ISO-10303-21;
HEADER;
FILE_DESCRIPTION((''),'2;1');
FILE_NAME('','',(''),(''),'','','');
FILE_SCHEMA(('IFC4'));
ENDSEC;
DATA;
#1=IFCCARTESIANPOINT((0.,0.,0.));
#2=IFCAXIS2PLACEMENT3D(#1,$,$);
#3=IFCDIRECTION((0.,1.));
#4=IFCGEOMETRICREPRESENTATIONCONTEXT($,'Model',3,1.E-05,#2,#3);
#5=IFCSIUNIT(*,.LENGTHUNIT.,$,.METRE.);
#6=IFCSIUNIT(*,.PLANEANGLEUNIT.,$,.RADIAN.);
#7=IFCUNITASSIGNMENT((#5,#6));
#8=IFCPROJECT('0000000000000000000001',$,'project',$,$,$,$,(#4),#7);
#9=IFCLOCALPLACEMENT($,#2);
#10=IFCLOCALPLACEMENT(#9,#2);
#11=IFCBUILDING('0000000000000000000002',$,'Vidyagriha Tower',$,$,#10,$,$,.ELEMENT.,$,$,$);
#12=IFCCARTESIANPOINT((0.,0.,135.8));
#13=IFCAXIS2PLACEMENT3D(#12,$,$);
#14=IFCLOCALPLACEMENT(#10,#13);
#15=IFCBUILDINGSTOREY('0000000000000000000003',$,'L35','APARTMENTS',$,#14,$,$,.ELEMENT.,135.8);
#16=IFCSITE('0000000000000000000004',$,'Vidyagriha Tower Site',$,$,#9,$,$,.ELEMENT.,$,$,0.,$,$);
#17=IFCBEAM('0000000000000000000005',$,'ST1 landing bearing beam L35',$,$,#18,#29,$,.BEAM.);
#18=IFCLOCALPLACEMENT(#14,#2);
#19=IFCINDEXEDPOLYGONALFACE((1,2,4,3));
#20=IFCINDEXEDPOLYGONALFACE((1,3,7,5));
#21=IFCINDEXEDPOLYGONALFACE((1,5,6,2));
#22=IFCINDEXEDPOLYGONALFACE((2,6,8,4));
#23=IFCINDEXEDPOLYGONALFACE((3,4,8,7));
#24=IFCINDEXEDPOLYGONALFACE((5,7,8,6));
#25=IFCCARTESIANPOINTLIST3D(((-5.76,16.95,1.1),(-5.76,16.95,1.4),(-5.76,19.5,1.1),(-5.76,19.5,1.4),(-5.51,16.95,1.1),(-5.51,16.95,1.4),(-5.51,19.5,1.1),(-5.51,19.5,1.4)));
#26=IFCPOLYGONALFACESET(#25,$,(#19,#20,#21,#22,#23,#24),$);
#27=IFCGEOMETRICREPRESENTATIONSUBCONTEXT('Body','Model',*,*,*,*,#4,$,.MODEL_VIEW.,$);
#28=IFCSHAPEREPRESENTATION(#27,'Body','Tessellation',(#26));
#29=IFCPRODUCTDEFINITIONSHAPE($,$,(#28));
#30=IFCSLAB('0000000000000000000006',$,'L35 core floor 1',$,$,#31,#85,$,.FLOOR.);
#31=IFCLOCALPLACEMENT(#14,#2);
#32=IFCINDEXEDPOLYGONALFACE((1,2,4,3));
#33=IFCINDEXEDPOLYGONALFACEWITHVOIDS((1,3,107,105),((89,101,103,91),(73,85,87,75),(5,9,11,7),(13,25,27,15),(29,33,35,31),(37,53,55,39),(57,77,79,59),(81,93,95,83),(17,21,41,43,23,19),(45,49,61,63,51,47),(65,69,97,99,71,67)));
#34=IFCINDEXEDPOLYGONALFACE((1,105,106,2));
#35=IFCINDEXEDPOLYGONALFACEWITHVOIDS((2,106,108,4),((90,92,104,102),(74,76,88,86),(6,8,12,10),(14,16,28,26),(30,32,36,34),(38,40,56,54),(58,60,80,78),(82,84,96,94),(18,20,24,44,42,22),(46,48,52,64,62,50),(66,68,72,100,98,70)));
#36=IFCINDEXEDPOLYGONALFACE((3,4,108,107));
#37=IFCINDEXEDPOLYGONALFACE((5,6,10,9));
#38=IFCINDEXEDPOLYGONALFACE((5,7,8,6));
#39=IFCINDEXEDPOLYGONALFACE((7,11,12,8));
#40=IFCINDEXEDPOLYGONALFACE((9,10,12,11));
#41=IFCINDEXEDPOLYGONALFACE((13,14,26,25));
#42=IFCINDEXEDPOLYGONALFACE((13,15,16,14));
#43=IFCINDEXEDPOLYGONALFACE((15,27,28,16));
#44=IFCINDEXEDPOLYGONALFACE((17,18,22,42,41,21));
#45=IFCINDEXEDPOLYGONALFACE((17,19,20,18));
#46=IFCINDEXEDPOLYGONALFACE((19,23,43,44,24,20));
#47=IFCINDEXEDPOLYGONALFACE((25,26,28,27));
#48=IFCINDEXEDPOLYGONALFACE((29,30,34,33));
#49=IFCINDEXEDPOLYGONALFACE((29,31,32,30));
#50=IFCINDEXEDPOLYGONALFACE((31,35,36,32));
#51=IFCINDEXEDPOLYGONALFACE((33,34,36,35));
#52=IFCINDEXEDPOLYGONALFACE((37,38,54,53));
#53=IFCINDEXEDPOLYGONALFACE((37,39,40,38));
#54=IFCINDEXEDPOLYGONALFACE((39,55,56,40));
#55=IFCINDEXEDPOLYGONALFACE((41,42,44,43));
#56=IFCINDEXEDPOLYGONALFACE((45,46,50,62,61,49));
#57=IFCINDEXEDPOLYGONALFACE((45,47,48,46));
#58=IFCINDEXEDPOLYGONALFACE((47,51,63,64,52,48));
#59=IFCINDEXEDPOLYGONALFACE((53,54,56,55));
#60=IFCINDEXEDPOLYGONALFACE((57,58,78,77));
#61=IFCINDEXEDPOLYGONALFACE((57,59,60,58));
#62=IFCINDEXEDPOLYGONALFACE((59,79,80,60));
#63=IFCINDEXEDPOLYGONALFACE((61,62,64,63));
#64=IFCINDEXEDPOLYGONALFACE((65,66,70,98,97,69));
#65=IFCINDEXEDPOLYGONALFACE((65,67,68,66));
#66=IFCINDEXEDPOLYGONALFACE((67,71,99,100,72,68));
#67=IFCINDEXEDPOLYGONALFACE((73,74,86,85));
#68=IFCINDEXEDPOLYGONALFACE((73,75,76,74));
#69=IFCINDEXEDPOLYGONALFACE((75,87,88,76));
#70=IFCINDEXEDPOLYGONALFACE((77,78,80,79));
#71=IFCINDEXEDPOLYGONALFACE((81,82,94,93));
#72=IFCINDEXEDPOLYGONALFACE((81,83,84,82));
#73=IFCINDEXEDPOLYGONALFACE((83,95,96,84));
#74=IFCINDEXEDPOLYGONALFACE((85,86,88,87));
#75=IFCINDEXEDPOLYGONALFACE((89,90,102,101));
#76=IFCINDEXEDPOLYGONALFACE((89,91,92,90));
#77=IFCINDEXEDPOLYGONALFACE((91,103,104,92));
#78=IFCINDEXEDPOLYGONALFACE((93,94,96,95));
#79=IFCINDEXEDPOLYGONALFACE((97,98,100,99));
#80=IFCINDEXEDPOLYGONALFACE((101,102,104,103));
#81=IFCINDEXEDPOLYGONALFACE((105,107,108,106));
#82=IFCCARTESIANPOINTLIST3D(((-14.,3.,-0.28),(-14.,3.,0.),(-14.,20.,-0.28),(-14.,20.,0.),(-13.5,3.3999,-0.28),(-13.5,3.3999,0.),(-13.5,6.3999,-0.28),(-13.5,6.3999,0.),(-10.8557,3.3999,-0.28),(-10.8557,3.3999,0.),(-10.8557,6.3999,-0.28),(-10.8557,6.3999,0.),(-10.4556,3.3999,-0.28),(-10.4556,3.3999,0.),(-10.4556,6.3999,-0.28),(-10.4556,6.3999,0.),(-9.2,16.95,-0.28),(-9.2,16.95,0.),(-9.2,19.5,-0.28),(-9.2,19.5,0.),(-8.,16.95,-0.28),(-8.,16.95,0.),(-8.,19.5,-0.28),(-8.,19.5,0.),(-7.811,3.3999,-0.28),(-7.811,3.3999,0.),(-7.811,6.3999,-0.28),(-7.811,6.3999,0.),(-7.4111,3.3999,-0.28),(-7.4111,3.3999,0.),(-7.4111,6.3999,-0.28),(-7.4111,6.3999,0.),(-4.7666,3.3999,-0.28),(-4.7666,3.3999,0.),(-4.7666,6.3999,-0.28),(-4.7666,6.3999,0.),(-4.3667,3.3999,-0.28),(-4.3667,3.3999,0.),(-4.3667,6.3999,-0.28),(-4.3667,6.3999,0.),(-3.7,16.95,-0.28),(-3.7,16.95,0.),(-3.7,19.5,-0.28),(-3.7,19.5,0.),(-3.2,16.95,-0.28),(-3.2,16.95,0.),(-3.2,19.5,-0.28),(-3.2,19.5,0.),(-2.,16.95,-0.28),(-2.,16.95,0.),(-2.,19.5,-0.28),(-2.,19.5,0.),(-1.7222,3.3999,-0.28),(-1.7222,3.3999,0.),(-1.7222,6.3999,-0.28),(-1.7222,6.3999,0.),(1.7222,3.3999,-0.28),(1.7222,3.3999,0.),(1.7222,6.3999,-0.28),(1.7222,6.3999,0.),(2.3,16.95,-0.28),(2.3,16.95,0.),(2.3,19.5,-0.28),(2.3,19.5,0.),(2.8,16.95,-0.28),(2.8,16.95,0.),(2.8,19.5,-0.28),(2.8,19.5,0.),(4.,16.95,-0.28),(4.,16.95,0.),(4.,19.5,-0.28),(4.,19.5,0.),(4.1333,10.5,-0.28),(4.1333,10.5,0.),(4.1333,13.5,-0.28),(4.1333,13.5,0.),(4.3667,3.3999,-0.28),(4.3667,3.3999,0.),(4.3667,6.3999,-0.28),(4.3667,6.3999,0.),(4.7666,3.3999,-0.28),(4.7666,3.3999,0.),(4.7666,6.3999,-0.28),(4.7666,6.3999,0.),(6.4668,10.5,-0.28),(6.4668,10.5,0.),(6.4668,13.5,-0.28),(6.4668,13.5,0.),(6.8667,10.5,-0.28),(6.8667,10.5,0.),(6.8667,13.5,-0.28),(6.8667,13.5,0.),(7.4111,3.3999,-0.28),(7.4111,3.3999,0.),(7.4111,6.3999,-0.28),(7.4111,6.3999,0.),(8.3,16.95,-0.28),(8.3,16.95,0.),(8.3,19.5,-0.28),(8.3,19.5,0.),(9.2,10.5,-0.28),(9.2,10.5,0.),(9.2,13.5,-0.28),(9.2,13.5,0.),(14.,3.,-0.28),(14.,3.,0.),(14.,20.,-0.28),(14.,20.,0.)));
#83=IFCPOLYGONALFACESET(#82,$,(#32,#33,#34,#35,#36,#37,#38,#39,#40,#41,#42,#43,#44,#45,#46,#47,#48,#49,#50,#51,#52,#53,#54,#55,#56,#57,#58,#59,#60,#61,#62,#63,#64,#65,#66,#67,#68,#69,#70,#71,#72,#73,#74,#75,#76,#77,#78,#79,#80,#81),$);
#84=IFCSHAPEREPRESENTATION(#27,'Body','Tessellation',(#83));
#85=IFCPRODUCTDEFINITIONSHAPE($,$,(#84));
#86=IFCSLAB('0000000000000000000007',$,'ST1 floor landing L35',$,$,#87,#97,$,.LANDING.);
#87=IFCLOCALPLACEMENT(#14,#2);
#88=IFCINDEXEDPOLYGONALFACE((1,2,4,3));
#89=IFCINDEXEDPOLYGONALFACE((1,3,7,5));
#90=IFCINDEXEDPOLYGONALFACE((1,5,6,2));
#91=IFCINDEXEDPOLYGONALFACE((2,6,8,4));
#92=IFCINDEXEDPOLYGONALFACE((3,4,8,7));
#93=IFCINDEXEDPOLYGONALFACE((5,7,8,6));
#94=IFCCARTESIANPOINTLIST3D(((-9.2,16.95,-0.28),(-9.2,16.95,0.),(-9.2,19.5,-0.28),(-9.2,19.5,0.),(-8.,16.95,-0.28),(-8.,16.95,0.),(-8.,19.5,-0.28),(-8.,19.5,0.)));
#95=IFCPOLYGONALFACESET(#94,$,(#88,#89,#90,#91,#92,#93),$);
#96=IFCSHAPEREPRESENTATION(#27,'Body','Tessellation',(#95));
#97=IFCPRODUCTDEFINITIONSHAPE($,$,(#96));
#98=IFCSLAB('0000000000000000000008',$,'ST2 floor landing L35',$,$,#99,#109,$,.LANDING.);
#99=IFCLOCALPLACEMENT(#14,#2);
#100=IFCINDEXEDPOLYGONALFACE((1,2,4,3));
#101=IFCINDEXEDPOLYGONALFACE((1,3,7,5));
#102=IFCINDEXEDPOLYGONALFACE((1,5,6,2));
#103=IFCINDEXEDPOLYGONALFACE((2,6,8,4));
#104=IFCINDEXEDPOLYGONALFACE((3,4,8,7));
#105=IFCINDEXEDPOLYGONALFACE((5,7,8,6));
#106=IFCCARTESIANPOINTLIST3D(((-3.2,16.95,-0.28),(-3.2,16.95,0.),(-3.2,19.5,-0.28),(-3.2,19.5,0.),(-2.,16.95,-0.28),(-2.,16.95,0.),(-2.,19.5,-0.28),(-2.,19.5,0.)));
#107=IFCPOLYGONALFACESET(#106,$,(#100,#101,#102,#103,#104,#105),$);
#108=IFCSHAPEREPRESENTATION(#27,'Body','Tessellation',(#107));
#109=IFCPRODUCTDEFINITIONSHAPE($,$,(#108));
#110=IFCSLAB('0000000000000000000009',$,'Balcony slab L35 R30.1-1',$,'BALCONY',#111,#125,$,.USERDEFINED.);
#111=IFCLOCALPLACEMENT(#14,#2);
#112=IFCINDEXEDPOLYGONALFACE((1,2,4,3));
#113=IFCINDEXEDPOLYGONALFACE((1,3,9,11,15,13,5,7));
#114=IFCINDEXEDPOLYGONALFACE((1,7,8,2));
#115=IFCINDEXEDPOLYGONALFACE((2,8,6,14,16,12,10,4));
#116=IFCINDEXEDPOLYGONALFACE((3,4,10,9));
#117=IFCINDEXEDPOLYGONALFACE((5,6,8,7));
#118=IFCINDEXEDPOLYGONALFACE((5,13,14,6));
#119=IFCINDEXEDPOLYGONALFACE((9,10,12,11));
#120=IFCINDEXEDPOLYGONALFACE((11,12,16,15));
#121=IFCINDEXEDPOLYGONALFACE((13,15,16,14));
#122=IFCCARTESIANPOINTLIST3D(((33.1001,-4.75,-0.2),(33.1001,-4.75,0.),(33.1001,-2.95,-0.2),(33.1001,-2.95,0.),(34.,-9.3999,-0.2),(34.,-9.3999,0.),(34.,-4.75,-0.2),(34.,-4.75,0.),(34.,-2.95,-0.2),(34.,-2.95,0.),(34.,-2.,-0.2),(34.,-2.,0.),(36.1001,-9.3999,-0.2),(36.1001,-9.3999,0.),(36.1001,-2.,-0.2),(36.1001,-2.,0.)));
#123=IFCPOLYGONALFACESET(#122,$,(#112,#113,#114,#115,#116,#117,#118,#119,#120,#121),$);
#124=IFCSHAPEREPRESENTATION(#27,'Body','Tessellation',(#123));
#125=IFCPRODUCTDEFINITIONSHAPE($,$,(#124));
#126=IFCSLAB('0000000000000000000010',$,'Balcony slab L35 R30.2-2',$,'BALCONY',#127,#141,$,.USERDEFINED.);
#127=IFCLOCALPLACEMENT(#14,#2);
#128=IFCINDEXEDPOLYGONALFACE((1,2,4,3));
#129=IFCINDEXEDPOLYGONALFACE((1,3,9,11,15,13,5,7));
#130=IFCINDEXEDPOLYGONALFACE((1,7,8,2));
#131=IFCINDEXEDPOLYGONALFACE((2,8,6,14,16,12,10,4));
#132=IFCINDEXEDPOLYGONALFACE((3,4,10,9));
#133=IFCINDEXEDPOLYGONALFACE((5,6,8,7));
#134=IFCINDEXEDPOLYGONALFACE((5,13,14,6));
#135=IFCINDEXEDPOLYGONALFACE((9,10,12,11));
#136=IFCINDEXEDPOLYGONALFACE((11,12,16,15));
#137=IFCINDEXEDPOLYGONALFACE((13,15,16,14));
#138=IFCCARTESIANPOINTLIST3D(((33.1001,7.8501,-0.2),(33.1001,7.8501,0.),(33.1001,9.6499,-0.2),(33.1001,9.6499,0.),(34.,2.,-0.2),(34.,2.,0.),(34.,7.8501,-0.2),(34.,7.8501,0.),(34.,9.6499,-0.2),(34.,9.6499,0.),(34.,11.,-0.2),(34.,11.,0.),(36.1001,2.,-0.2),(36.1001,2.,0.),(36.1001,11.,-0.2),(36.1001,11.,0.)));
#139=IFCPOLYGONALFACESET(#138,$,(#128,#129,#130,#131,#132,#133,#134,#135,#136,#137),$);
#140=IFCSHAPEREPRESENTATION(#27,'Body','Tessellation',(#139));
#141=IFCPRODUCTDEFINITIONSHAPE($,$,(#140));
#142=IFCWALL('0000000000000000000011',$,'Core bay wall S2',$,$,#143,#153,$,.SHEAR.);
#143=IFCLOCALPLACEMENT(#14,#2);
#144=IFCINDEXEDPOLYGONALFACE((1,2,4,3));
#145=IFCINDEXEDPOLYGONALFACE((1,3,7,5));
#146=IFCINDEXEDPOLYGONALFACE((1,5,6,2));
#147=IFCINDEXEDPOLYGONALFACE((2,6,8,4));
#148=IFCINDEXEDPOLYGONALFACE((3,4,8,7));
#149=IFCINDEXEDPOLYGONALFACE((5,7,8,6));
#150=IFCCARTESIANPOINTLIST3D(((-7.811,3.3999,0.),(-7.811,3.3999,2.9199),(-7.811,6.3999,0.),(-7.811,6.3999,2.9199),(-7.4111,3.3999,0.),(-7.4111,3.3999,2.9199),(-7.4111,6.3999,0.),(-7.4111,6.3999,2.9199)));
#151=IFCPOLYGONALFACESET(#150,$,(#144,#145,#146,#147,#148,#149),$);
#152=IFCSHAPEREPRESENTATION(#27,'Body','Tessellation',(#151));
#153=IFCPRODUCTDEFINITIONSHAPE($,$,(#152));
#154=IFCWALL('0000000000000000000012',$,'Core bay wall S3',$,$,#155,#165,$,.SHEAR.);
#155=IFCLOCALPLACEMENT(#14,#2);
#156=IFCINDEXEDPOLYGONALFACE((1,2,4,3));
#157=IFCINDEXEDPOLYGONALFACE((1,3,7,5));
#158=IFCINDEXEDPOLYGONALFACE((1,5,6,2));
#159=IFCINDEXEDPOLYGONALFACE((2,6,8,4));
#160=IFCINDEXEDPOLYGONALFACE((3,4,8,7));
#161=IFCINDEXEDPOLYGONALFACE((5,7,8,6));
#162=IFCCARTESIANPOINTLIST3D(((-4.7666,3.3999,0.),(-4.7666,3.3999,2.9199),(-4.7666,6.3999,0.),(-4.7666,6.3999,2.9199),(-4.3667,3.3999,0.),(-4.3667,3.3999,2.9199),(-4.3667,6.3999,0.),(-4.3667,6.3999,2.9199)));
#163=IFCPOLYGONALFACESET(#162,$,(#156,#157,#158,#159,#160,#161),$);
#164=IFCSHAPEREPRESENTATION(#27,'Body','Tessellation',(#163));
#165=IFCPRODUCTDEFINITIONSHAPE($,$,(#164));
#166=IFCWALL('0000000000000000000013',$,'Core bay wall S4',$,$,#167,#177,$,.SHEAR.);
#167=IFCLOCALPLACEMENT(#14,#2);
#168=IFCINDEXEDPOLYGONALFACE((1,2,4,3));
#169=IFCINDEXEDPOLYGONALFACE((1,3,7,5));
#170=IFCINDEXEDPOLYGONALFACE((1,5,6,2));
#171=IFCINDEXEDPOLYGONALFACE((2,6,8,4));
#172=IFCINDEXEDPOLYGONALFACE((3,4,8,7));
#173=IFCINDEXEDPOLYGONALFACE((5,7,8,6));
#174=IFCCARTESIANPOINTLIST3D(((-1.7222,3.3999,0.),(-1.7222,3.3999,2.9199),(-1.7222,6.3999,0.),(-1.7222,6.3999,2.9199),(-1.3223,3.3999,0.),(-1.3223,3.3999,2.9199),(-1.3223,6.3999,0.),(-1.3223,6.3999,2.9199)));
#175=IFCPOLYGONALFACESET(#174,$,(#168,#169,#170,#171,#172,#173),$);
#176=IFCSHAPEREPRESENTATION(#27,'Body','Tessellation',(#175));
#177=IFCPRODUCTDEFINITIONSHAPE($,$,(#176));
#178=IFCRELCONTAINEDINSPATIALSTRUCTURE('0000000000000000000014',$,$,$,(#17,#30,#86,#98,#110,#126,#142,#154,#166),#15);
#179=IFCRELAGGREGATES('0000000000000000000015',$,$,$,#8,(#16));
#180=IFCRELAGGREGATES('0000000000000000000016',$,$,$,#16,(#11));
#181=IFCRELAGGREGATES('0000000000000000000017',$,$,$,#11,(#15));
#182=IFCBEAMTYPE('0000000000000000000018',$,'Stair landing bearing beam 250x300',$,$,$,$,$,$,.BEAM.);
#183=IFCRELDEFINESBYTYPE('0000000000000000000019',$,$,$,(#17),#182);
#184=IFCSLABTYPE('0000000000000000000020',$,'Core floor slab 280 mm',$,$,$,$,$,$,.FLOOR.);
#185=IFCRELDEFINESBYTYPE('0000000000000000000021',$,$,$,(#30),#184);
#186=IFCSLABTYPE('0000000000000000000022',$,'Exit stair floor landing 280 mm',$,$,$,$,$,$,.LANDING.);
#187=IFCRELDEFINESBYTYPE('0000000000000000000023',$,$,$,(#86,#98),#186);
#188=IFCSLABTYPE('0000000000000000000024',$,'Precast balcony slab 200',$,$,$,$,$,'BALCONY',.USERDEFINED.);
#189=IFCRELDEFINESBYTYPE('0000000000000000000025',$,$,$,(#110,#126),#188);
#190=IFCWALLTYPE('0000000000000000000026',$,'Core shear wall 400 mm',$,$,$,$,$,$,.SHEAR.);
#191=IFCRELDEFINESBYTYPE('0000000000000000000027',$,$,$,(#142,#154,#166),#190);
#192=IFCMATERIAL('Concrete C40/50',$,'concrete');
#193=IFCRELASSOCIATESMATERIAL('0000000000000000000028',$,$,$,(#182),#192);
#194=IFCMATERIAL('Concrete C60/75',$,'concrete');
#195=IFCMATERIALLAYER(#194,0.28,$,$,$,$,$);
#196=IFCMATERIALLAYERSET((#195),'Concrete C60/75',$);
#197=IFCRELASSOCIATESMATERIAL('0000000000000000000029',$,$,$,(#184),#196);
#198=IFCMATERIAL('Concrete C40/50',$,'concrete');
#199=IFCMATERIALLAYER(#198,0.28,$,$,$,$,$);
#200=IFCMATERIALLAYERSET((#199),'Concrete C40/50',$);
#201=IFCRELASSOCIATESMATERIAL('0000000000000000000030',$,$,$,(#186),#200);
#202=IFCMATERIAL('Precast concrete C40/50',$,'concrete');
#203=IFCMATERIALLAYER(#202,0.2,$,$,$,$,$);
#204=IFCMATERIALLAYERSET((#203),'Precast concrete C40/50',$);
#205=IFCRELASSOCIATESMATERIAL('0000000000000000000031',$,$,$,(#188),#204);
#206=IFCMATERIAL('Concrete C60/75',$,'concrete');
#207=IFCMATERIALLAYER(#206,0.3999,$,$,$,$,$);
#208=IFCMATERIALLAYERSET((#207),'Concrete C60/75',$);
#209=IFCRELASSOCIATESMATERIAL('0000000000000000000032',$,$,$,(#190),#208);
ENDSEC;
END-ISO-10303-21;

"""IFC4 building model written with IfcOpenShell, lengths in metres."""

from ifc_helpers import new_model, si_unit, direction, frame, frame_2d, origin, origin_2d, place, context, subcontext, project, spatial, polyline, rectangle, outline, extrude, material, layer, layer_set, material_profile, profile_set, type_object, element, save


model = new_model("IFC4")

# Units and contexts
model_context = context("Model", 3, precision=1e-05, world=origin(), true_north=direction((0.0, 1.0)))
body_context = subcontext(model_context, "Body", "Model", "MODEL_VIEW")
ifc_project = project(units=[si_unit("LENGTHUNIT", "METRE"), si_unit("PLANEANGLEUNIT", "RADIAN")], contexts=[model_context])

# Site, building, storey
site_placement = place(None, origin())
site = spatial("IfcSite", under=ifc_project, at=site_placement, Name="Vidyagriha Tower Site", CompositionType="ELEMENT", RefElevation=0.0)
building_placement = place(site_placement, origin())
building = spatial("IfcBuilding", under=site, at=building_placement, Name="Vidyagriha Tower", CompositionType="ELEMENT")
storey_placement = place(building_placement, frame((0.0, 0.0, 135.8)))
storey = spatial("IfcBuildingStorey", under=building, at=storey_placement, Name="L35", Description="APARTMENTS", CompositionType="ELEMENT", Elevation=135.8)

# Beam
ifc_material_1 = material(Name="Concrete C40/50", Category="concrete")
ifc_material_profile = material_profile(ifc_material_1, rectangle(XDim=0.25, YDim=0.3, at=origin_2d()), Name="Stair landing bearing beam 250x300")
ifc_profile_set = profile_set([ifc_material_profile], Name="Concrete C40/50")
beam_type = type_object("IfcBeamType", Name="Stair landing bearing beam 250x300", PredefinedType="BEAM", material=ifc_profile_set)
beam_placement = place(storey_placement, frame((-5.635, 16.95, 1.25), z_axis=(0.0, 1.0, 0.0), x_axis=(-1.0, 0.0, 0.0)))
element("IfcBeam", 1, at=beam_placement, inside=storey, type_object=beam_type, Name="ST1 landing bearing beam L35", PredefinedType="BEAM", context=body_context, shape_type="SweptSolid", body=[
    extrude(rectangle(XDim=0.25, YDim=0.3, at=origin_2d()), origin(), (0.0, 0.0, 1.0), 2.55),
])

# Slabs
ifc_material_2 = material(Name="Concrete C60/75", Category="concrete")
ifc_layer_1 = layer(ifc_material_2, 0.28)
ifc_layer_set_1 = layer_set([ifc_layer_1], Name="Concrete C60/75")
slab_type_1 = type_object("IfcSlabType", Name="Core floor slab 280 mm", PredefinedType="FLOOR", material=ifc_layer_set_1)
slab_1_placement = place(storey_placement, frame((0.0, 0.0, -0.28)))
element("IfcSlab", 2, at=slab_1_placement, inside=storey, type_object=slab_type_1, Name="L35 core floor 1", PredefinedType="FLOOR", context=body_context, shape_type="SweptSolid", body=[
    extrude(outline(polyline([(-14.0, 3.0), (-14.0, 20.0), (14.0, 20.0), (14.0, 3.0), (-14.0, 3.0)]), holes=[polyline([(9.2, 13.5), (6.8667, 13.5), (6.8667, 10.5), (9.2, 10.5), (9.2, 13.5)]), polyline([(4.0, 19.5), (2.8, 19.5), (2.8, 16.95), (4.0, 16.95), (8.3, 16.95), (8.3, 19.5), (4.0, 19.5)]), polyline([(7.4111, 6.3999), (4.7666, 6.3999), (4.7666, 3.3999), (7.4111, 3.3999), (7.4111, 6.3999)]), polyline([(6.4668, 13.5), (4.1333, 13.5), (4.1333, 10.5), (6.4668, 10.5), (6.4668, 13.5)]), polyline([(1.7222, 6.3999), (1.7222, 3.3999), (4.3667, 3.3999), (4.3667, 6.3999), (1.7222, 6.3999)]), polyline([(-2.0, 16.95), (2.3, 16.95), (2.3, 19.5), (-2.0, 19.5), (-3.2, 19.5), (-3.2, 16.95), (-2.0, 16.95)]), polyline([(-1.7222, 6.3999), (-4.3667, 6.3999), (-4.3667, 3.3999), (-1.7222, 3.3999), (-1.7222, 6.3999)]), polyline([(-8.0, 19.5), (-9.2, 19.5), (-9.2, 16.95), (-8.0, 16.95), (-3.7, 16.95), (-3.7, 19.5), (-8.0, 19.5)]), polyline([(-4.7666, 6.3999), (-7.4111, 6.3999), (-7.4111, 3.3999), (-4.7666, 3.3999), (-4.7666, 6.3999)]), polyline([(-7.811, 6.3999), (-10.4556, 6.3999), (-10.4556, 3.3999), (-7.811, 3.3999), (-7.811, 6.3999)]), polyline([(-13.5, 6.3999), (-13.5, 3.3999), (-10.8557, 3.3999), (-10.8557, 6.3999), (-13.5, 6.3999)])]), origin(), (0.0, 0.0, 1.0), 0.28),
])
ifc_material_3 = material(Name="Concrete C40/50", Category="concrete")
ifc_layer_2 = layer(ifc_material_3, 0.28)
ifc_layer_set_2 = layer_set([ifc_layer_2], Name="Concrete C40/50")
slab_type_2 = type_object("IfcSlabType", Name="Exit stair floor landing 280 mm", PredefinedType="LANDING", material=ifc_layer_set_2)
slab_2_placement = place(storey_placement, frame((0.0, 0.0, -0.28)))
element("IfcSlab", 3, at=slab_2_placement, inside=storey, type_object=slab_type_2, Name="ST1 floor landing L35", PredefinedType="LANDING", context=body_context, shape_type="SweptSolid", body=[
    extrude(outline(polyline([(-9.2, 16.95), (-8.0, 16.95), (-8.0, 19.5), (-9.2, 19.5), (-9.2, 16.95)])), origin(), (0.0, 0.0, 1.0), 0.28),
])
slab_3_placement = place(storey_placement, frame((0.0, 0.0, -0.28)))
element("IfcSlab", 4, at=slab_3_placement, inside=storey, type_object=slab_type_2, Name="ST2 floor landing L35", PredefinedType="LANDING", context=body_context, shape_type="SweptSolid", body=[
    extrude(outline(polyline([(-3.2, 16.95), (-2.0, 16.95), (-2.0, 19.5), (-3.2, 19.5), (-3.2, 16.95)])), origin(), (0.0, 0.0, 1.0), 0.28),
])
ifc_material_4 = material(Name="Precast concrete C40/50", Category="concrete")
ifc_layer_3 = layer(ifc_material_4, 0.2)
ifc_layer_set_3 = layer_set([ifc_layer_3], Name="Precast concrete C40/50")
slab_type_3 = type_object("IfcSlabType", Name="Precast balcony slab 200", ElementType="BALCONY", PredefinedType="USERDEFINED", material=ifc_layer_set_3)
slab_4_placement = place(storey_placement, frame((0.0, 0.0, -0.2)))
element("IfcSlab", 5, at=slab_4_placement, inside=storey, type_object=slab_type_3, Name="Balcony slab L35 R30.1-1", ObjectType="BALCONY", PredefinedType="USERDEFINED", context=body_context, shape_type="SweptSolid", body=[
    extrude(outline(polyline([(34.0, -4.75), (34.0, -9.3999), (36.1001, -9.3999), (36.1001, -2.0), (34.0, -2.0), (34.0, -2.95), (33.1001, -2.95), (33.1001, -4.75), (34.0, -4.75)])), origin(), (0.0, 0.0, 1.0), 0.2),
])
slab_5_placement = place(storey_placement, frame((0.0, 0.0, -0.2)))
element("IfcSlab", 6, at=slab_5_placement, inside=storey, type_object=slab_type_3, Name="Balcony slab L35 R30.2-2", ObjectType="BALCONY", PredefinedType="USERDEFINED", context=body_context, shape_type="SweptSolid", body=[
    extrude(outline(polyline([(34.0, 7.8501), (34.0, 2.0), (36.1001, 2.0), (36.1001, 11.0), (34.0, 11.0), (34.0, 9.6499), (33.1001, 9.6499), (33.1001, 7.8501), (34.0, 7.8501)])), origin(), (0.0, 0.0, 1.0), 0.2),
])

# Walls
ifc_material_5 = material(Name="Concrete C60/75", Category="concrete")
ifc_layer_4 = layer(ifc_material_5, 0.3999)
ifc_layer_set_4 = layer_set([ifc_layer_4], Name="Concrete C60/75")
wall_type_1 = type_object("IfcWallType", Name="Core shear wall 400 mm", PredefinedType="SHEAR", material=ifc_layer_set_4)
for number, where, z_axis, x_axis, name in (
    (7, (-7.6111, 3.3999, 0.0), (0.0, 0.0, 1.0), (0.0, 1.0, 0.0), "Core bay wall S2"),
    (8, (-4.5667, 3.3999, 0.0), (0.0, 0.0, 1.0), (0.0, 1.0, 0.0), "Core bay wall S3"),
    (9, (-1.5222, 3.3999, 0.0), (0.0, 0.0, 1.0), (0.0, 1.0, 0.0), "Core bay wall S4"),
):
    element("IfcWall", number, at=place(storey_placement, frame(where, z_axis=z_axis, x_axis=x_axis)), inside=storey, type_object=wall_type_1, Name=name, PredefinedType="SHEAR", context=body_context, shape_type="SweptSolid", body=[
        extrude(rectangle(XDim=3.0, YDim=0.3999, at=frame_2d((1.5, 0.0))), origin(), (0.0, 0.0, 1.0), 2.9199),
    ])

save(model, "model.ifc")
